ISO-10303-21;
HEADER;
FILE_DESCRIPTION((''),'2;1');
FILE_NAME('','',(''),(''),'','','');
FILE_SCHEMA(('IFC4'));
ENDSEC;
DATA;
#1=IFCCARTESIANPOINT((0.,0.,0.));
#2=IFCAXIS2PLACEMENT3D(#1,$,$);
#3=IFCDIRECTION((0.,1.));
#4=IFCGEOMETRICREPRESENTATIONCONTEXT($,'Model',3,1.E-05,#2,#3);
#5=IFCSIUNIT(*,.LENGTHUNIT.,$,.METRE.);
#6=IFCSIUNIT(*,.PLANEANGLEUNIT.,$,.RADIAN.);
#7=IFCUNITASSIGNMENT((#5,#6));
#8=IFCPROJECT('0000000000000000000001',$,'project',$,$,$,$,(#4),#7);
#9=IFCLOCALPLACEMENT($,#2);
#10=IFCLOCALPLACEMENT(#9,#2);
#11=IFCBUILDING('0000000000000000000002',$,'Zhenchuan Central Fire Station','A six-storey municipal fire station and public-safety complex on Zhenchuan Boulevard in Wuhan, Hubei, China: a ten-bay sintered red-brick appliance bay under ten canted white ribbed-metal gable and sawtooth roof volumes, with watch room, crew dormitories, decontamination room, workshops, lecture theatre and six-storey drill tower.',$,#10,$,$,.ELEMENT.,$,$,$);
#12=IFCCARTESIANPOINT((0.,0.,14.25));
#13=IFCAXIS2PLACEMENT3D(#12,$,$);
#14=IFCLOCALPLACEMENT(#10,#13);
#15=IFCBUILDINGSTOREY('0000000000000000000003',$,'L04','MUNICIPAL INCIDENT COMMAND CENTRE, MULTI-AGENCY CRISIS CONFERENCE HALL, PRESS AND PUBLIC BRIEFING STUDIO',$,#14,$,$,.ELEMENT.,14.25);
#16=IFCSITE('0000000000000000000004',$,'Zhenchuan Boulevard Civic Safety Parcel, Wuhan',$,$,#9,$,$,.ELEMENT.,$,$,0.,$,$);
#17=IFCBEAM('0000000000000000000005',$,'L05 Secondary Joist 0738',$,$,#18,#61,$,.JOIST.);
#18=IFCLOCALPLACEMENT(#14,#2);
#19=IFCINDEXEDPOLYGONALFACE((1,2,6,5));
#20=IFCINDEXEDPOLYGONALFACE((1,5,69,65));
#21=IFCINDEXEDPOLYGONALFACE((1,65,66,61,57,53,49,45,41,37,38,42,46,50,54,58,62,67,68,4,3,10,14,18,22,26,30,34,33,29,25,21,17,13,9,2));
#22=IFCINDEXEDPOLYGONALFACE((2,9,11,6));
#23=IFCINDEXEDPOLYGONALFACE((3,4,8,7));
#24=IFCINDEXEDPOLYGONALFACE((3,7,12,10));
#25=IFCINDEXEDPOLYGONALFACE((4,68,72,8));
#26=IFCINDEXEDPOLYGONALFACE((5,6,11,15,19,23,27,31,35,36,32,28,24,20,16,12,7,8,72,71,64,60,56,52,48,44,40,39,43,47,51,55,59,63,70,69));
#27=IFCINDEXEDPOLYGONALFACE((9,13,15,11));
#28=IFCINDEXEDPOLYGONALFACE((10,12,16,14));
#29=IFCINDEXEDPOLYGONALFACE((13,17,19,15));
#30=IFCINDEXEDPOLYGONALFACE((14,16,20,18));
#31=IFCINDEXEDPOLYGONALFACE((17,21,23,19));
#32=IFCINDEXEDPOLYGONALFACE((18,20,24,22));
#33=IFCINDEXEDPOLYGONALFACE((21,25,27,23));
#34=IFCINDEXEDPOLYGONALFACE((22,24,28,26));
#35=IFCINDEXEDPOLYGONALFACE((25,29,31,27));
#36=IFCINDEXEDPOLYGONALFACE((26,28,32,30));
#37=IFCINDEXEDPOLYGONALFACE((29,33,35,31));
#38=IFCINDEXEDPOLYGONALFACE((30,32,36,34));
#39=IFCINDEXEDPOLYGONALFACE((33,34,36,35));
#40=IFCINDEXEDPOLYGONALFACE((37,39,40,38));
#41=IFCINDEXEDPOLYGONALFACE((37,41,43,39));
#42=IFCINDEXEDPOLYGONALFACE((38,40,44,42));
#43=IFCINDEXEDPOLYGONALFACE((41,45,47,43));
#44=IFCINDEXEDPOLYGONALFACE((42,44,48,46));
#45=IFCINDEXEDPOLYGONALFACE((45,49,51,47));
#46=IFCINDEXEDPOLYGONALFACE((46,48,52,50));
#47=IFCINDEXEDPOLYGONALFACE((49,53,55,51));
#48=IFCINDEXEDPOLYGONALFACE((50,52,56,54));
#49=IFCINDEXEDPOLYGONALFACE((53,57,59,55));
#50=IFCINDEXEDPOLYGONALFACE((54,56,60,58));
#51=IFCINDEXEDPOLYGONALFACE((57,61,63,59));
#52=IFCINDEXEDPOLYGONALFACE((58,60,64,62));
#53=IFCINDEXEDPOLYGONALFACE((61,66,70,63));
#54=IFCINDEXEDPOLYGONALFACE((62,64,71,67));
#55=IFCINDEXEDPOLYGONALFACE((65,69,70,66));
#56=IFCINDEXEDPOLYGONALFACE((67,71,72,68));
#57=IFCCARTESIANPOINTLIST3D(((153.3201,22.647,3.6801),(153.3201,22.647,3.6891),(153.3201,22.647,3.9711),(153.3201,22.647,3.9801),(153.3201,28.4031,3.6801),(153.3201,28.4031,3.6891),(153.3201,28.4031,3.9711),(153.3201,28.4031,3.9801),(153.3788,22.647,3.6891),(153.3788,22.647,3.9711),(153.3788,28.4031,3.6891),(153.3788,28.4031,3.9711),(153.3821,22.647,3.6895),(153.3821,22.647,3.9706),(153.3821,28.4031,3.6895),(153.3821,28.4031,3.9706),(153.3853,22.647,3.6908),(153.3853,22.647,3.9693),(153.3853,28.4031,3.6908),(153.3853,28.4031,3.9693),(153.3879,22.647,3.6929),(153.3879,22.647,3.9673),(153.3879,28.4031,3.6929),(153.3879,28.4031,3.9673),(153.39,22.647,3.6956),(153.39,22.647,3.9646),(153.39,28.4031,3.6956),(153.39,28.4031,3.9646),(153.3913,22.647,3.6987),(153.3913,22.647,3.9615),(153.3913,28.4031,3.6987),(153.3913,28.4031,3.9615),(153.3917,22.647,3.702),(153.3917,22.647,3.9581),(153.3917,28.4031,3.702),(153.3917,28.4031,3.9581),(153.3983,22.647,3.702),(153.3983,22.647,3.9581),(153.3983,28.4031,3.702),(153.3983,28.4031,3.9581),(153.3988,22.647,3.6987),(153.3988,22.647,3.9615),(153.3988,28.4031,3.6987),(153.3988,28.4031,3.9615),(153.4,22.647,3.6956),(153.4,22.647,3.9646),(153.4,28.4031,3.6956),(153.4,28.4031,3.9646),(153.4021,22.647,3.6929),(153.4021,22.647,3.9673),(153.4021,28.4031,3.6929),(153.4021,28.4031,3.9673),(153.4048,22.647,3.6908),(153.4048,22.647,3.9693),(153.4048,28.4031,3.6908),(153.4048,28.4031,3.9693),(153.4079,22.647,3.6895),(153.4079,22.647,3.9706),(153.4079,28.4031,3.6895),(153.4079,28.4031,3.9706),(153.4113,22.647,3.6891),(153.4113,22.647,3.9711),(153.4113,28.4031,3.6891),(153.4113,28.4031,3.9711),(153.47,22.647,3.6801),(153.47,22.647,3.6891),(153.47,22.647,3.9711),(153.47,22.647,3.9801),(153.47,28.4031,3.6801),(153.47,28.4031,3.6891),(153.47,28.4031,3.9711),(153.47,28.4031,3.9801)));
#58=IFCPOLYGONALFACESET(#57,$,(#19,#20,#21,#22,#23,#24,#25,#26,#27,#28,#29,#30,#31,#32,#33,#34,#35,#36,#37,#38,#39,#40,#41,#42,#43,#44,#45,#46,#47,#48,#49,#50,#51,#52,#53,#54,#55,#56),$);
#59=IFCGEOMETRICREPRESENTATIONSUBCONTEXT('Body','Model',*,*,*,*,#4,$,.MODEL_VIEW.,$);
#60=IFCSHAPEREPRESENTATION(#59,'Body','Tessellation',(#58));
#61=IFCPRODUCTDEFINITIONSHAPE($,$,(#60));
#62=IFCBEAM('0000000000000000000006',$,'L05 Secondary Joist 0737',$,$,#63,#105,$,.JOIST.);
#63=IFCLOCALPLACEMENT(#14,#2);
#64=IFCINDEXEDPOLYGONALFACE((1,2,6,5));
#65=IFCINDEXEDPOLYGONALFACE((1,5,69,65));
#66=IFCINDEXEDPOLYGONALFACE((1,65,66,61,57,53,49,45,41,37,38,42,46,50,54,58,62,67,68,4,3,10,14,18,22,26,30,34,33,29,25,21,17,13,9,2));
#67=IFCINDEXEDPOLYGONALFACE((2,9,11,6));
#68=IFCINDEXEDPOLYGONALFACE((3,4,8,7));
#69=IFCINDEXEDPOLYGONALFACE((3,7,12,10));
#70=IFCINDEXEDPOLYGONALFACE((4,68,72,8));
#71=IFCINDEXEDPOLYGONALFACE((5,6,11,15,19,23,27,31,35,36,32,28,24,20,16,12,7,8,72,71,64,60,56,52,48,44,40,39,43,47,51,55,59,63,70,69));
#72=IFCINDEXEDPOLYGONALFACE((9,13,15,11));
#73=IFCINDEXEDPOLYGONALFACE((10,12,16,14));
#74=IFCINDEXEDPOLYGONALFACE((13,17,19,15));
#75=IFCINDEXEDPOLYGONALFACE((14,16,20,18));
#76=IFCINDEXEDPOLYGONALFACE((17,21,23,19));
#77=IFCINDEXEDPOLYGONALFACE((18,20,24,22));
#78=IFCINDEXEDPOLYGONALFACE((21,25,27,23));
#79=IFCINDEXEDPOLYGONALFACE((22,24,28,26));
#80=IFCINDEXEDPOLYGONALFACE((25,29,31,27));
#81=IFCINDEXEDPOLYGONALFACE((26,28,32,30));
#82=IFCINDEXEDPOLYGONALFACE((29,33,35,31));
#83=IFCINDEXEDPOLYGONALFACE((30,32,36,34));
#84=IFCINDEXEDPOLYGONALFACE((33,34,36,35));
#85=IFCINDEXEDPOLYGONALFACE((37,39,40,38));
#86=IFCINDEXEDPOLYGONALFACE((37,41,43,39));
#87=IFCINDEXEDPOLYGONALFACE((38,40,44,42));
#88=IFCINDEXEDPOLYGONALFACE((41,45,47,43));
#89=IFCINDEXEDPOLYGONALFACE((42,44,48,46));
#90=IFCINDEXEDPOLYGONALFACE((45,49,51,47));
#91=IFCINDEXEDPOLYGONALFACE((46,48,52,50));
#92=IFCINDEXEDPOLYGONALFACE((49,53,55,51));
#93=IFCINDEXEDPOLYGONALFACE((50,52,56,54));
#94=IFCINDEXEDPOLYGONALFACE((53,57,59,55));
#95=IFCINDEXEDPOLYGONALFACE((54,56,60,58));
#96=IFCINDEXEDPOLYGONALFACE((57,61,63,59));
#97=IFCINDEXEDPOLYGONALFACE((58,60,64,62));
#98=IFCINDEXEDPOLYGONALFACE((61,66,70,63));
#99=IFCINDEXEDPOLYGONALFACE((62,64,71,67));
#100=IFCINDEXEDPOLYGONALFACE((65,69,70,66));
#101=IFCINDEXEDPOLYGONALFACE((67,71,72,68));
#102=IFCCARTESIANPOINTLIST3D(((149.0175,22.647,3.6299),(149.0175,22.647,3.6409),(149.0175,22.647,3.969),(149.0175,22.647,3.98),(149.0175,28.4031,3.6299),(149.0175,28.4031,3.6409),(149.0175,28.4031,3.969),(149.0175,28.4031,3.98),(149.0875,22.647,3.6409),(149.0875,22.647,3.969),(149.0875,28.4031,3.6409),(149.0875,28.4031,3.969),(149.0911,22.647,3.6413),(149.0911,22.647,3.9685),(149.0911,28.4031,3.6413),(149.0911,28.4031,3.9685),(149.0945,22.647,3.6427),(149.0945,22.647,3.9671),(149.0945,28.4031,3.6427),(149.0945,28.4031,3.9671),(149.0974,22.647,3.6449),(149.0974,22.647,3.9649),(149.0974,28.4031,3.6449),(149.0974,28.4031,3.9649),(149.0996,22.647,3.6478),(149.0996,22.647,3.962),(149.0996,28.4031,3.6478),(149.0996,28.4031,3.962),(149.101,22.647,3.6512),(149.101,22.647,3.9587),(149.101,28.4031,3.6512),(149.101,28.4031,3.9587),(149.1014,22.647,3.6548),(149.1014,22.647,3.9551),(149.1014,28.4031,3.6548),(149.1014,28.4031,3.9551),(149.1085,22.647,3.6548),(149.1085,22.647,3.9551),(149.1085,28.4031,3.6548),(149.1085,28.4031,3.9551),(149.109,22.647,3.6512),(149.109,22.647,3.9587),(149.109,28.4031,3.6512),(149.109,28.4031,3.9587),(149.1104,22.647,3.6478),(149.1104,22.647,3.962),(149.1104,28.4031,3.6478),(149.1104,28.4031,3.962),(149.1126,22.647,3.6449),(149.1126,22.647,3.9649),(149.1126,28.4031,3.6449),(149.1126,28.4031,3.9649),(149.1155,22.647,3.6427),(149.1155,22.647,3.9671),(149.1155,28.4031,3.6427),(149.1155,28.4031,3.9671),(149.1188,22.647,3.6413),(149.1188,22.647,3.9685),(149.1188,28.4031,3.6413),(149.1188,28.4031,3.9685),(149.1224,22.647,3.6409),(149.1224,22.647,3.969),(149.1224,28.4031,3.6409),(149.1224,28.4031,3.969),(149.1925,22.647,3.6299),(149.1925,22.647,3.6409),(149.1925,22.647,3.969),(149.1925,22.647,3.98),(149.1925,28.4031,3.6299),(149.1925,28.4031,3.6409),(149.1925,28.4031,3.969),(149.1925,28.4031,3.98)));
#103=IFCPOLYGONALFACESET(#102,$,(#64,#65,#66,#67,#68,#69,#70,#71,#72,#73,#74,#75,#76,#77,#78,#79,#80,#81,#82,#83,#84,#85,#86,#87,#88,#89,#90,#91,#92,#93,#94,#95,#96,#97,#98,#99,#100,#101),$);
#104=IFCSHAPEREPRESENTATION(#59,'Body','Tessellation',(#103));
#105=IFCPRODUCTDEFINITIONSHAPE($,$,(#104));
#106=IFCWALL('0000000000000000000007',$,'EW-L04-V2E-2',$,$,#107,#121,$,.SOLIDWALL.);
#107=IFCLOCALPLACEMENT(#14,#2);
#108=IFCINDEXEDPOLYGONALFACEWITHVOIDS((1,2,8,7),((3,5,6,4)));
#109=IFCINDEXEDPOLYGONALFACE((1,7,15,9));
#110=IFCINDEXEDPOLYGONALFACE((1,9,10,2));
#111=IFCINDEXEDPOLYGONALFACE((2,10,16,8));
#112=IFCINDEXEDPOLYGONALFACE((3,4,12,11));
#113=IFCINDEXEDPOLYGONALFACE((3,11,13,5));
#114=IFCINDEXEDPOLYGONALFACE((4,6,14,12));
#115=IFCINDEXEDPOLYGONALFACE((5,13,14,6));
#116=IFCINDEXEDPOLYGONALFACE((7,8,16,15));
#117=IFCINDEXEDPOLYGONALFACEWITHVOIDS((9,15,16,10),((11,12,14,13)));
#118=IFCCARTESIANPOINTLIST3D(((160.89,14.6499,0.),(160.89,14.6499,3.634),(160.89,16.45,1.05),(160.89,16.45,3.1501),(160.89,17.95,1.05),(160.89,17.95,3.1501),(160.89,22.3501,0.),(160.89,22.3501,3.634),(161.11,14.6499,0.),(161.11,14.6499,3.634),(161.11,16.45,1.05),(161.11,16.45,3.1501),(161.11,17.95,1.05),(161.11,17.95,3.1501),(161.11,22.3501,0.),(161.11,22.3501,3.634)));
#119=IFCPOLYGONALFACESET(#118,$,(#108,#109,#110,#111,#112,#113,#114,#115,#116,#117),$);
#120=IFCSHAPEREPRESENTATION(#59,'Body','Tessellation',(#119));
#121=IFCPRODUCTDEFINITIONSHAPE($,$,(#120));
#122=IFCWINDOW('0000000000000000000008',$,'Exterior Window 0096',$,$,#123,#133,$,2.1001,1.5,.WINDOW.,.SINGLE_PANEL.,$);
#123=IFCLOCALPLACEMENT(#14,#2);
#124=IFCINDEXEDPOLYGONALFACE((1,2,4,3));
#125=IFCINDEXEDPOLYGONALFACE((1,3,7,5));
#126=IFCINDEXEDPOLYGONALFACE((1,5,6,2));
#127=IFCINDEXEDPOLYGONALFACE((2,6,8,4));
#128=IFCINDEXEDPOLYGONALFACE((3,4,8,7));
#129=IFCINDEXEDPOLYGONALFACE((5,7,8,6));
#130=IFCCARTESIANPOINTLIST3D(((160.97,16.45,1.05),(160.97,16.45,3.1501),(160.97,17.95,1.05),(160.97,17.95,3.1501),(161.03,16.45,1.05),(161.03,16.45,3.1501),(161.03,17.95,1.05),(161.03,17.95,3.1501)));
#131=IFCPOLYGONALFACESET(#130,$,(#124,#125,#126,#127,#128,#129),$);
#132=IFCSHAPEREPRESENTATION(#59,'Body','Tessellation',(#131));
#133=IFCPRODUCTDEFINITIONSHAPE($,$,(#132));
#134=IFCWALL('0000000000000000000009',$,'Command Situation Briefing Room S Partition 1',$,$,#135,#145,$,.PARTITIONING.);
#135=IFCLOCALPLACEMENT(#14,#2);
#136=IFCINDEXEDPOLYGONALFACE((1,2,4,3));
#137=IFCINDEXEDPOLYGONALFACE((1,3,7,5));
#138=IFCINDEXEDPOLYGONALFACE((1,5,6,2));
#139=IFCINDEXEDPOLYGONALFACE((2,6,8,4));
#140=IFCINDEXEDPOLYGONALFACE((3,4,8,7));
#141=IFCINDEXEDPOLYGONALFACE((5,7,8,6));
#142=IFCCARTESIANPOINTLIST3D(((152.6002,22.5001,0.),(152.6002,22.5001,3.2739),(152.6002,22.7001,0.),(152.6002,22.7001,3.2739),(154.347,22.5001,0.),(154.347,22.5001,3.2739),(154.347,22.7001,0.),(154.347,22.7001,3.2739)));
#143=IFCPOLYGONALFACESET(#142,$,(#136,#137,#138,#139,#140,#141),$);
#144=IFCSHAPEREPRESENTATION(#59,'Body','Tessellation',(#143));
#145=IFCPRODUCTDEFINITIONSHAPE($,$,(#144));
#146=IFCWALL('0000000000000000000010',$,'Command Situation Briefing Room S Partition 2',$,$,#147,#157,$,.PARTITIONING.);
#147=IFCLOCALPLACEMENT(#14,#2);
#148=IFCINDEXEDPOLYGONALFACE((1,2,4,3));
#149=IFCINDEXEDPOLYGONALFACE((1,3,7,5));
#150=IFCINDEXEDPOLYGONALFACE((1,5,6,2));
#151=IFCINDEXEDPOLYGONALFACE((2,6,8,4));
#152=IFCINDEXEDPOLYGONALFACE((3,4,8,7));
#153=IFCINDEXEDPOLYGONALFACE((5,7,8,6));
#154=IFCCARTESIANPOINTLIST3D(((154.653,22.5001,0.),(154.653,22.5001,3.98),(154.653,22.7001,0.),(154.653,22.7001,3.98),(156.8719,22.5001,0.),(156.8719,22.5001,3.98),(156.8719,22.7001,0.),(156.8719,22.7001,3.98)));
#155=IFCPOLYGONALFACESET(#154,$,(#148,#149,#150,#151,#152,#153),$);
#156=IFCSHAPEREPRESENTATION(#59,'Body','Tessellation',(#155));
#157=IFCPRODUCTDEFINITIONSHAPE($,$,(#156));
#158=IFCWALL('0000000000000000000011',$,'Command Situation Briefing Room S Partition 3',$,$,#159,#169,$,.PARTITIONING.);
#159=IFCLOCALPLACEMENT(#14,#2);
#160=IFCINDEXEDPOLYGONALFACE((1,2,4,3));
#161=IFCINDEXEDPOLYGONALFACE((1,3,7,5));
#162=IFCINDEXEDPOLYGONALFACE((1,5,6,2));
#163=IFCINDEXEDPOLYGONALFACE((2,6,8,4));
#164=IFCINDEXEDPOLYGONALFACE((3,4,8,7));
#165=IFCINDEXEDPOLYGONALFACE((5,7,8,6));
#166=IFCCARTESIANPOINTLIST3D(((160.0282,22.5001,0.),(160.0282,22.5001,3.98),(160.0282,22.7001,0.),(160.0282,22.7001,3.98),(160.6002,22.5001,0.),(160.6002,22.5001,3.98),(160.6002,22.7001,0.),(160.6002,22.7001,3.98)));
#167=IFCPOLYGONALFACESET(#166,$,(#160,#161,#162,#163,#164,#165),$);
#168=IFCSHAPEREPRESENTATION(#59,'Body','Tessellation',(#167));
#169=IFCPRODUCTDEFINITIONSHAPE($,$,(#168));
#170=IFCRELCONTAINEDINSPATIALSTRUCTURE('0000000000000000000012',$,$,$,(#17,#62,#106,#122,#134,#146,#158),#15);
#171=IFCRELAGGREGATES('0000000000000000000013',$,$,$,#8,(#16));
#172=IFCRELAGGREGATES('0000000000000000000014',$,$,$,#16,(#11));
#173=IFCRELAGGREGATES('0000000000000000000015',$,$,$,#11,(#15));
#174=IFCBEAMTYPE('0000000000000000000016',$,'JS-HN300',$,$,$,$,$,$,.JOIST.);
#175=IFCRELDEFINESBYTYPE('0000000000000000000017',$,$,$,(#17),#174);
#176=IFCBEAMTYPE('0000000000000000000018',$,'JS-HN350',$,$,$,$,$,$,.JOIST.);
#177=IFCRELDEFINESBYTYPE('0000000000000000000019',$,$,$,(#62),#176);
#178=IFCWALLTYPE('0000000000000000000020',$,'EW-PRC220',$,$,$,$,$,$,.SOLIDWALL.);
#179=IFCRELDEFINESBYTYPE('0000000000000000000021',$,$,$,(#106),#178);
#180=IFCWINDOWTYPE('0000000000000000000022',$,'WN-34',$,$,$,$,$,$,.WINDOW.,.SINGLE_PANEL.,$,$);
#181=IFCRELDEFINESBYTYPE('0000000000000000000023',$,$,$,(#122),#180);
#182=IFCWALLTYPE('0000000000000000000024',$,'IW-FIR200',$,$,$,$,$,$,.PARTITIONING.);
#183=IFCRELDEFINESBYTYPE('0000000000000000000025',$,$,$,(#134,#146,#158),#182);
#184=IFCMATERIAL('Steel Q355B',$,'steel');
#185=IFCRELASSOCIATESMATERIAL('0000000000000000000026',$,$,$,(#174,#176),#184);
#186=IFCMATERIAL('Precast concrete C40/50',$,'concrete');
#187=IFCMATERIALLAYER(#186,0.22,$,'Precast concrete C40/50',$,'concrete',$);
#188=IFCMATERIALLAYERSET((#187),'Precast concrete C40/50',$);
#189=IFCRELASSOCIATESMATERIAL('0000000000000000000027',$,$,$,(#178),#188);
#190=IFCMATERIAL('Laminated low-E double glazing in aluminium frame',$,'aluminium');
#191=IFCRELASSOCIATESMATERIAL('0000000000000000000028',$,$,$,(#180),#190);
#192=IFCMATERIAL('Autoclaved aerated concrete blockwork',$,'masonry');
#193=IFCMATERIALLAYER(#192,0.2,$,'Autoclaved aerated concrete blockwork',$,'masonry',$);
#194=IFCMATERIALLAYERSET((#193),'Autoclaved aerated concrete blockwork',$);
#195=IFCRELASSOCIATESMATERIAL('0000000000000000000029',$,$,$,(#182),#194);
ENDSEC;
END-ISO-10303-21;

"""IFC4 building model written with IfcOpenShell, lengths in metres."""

from ifc_helpers import new_model, si_unit, direction, frame, frame_2d, origin, origin_2d, place, context, subcontext, project, spatial, rectangle, i_section, extrude, material, layer, layer_set, material_profile, profile_set, type_object, element, fill, save


model = new_model("IFC4")

# Units and contexts
model_context = context("Model", 3, precision=1e-05, world=origin(), true_north=direction((0.0, 1.0)))
body_context = subcontext(model_context, "Body", "Model", "MODEL_VIEW")
ifc_project = project(units=[si_unit("LENGTHUNIT", "METRE"), si_unit("PLANEANGLEUNIT", "RADIAN")], contexts=[model_context])

# Site, building, storey
site_placement = place(None, origin())
site = spatial("IfcSite", under=ifc_project, at=site_placement, Name="Zhenchuan Boulevard Civic Safety Parcel, Wuhan", CompositionType="ELEMENT", RefElevation=0.0)
building_placement = place(site_placement, origin())
building = spatial("IfcBuilding", under=site, at=building_placement, Name="Zhenchuan Central Fire Station", Description="A six-storey municipal fire station and public-safety complex on Zhenchuan Boulevard in Wuhan, Hubei, China: a ten-bay sintered red-brick appliance bay under ten canted white ribbed-metal gable and sawtooth roof volumes, with watch room, crew dormitories, decontamination room, workshops, lecture theatre and six-storey drill tower.", CompositionType="ELEMENT")
storey_placement = place(building_placement, frame((0.0, 0.0, 14.25)))
storey = spatial("IfcBuildingStorey", under=building, at=storey_placement, Name="L04", Description="MUNICIPAL INCIDENT COMMAND CENTRE, MULTI-AGENCY CRISIS CONFERENCE HALL, PRESS AND PUBLIC BRIEFING STUDIO", CompositionType="ELEMENT", Elevation=14.25)

# Shared definitions
ifc_material_1 = material(Name="Steel Q355B", Category="steel")

# Beams
ifc_material_profile_1 = material_profile(ifc_material_1, i_section(OverallWidth=0.1499, OverallDepth=0.3, WebThickness=0.0066, FlangeThickness=0.009, FilletRadius=0.0129, at=origin_2d()), Name="HN 300x150")
ifc_profile_set_1 = profile_set([ifc_material_profile_1], Name="Steel Q355B")
beam_type_1 = type_object("IfcBeamType", Name="JS-HN300", PredefinedType="JOIST", material=ifc_profile_set_1)
beam_1_placement = place(storey_placement, frame((153.395, 22.647, 3.8301), z_axis=(0.0, 1.0, 0.0), x_axis=(-1.0, 0.0, 0.0)))
element("IfcBeam", 1, at=beam_1_placement, inside=storey, type_object=beam_type_1, Name="L05 Secondary Joist 0738", PredefinedType="JOIST", context=body_context, shape_type="SweptSolid", body=[
    extrude(i_section(OverallWidth=0.1499, OverallDepth=0.3, WebThickness=0.0066, FlangeThickness=0.009, FilletRadius=0.0129, at=origin_2d()), origin(), (0.0, 0.0, 1.0), 5.7561),
])
ifc_material_profile_2 = material_profile(ifc_material_1, i_section(OverallWidth=0.175, OverallDepth=0.3501, WebThickness=0.0071, FlangeThickness=0.011, FilletRadius=0.0139, at=origin_2d()), Name="HN 350x175")
ifc_profile_set_2 = profile_set([ifc_material_profile_2], Name="Steel Q355B")
beam_type_2 = type_object("IfcBeamType", Name="JS-HN350", PredefinedType="JOIST", material=ifc_profile_set_2)
beam_2_placement = place(storey_placement, frame((149.105, 22.647, 3.8049), z_axis=(0.0, 1.0, 0.0), x_axis=(-1.0, 0.0, 0.0)))
element("IfcBeam", 2, at=beam_2_placement, inside=storey, type_object=beam_type_2, Name="L05 Secondary Joist 0737", PredefinedType="JOIST", context=body_context, shape_type="SweptSolid", body=[
    extrude(i_section(OverallWidth=0.175, OverallDepth=0.3501, WebThickness=0.0071, FlangeThickness=0.011, FilletRadius=0.0139, at=origin_2d()), origin(), (0.0, 0.0, 1.0), 5.7561),
])

# Wall, opening, window
ifc_material_2 = material(Name="Precast concrete C40/50", Category="concrete")
ifc_layer_1 = layer(ifc_material_2, 0.22, Name="Precast concrete C40/50", Category="concrete")
ifc_layer_set_1 = layer_set([ifc_layer_1], Name="Precast concrete C40/50")
wall_type_1 = type_object("IfcWallType", Name="EW-PRC220", PredefinedType="SOLIDWALL", material=ifc_layer_set_1)
wall_1_placement = place(storey_placement, frame((161.0, 14.6499, 0.0), z_axis=(0.0, 0.0, 1.0), x_axis=(0.0, 1.0, 0.0)))
wall_1 = element("IfcWall", 3, at=wall_1_placement, inside=storey, type_object=wall_type_1, Name="EW-L04-V2E-2", PredefinedType="SOLIDWALL", context=body_context, shape_type="SweptSolid", body=[
    extrude(rectangle(XDim=7.7002, YDim=0.22, at=frame_2d((3.8501, 0.0))), origin(), (0.0, 0.0, 1.0), 3.634),
])
opening_1_placement = place(wall_1_placement, frame((1.8, 0.0, 1.05)))
opening_1 = element("IfcOpeningElement", 4, at=opening_1_placement, cuts=wall_1, PredefinedType="OPENING", context=body_context, shape_type="SweptSolid", body=[
    extrude(rectangle(XDim=1.5, YDim=2.1001, at=frame_2d((0.75, 1.05))), frame((0.0, 0.1199, 0.0), z_axis=(0.0, -1.0, 0.0), x_axis=(1.0, 0.0, 0.0)), (0.0, 0.0, 1.0), 0.24),
])
ifc_material_3 = material(Name="Laminated low-E double glazing in aluminium frame", Category="aluminium")
window_type = type_object("IfcWindowType", Name="WN-34", PartitioningType="SINGLE_PANEL", PredefinedType="WINDOW", material=ifc_material_3)
window_placement = place(opening_1_placement, origin())
window = element("IfcWindow", 5, at=window_placement, inside=storey, type_object=window_type, Name="Exterior Window 0096", OverallHeight=2.1001, OverallWidth=1.5, PartitioningType="SINGLE_PANEL", PredefinedType="WINDOW", context=body_context, shape_type="SweptSolid", body=[
    extrude(rectangle(XDim=1.5, YDim=2.1001, at=frame_2d((0.75, 1.05))), frame((0.0, 0.03, 0.0), z_axis=(0.0, -1.0, 0.0), x_axis=(1.0, 0.0, 0.0)), (0.0, 0.0, 1.0), 0.0601),
])
fill(opening_1, window)

# Walls
ifc_material_4 = material(Name="Autoclaved aerated concrete blockwork", Category="masonry")
ifc_layer_2 = layer(ifc_material_4, 0.2, Name="Autoclaved aerated concrete blockwork", Category="masonry")
ifc_layer_set_2 = layer_set([ifc_layer_2], Name="Autoclaved aerated concrete blockwork")
wall_type_2 = type_object("IfcWallType", Name="IW-FIR200", PredefinedType="PARTITIONING", material=ifc_layer_set_2)
wall_2_placement = place(storey_placement, frame((152.6001, 22.6001, 0.0), z_axis=(0.0, 0.0, 1.0), x_axis=(1.0, 0.0, 0.0)))
element("IfcWall", 6, at=wall_2_placement, inside=storey, type_object=wall_type_2, Name="Command Situation Briefing Room S Partition 1", PredefinedType="PARTITIONING", context=body_context, shape_type="SweptSolid", body=[
    extrude(rectangle(XDim=1.7468, YDim=0.2, at=frame_2d((0.8735, 0.0))), origin(), (0.0, 0.0, 1.0), 3.2739),
])
wall_3_placement = place(storey_placement, frame((154.6531, 22.6001, 0.0), z_axis=(0.0, 0.0, 1.0), x_axis=(1.0, 0.0, 0.0)))
element("IfcWall", 7, at=wall_3_placement, inside=storey, type_object=wall_type_2, Name="Command Situation Briefing Room S Partition 2", PredefinedType="PARTITIONING", context=body_context, shape_type="SweptSolid", body=[
    extrude(rectangle(XDim=2.219, YDim=0.2, at=frame_2d((1.1094, 0.0))), origin(), (0.0, 0.0, 1.0), 3.98),
])
wall_4_placement = place(storey_placement, frame((160.0281, 22.6001, 0.0), z_axis=(0.0, 0.0, 1.0), x_axis=(1.0, 0.0, 0.0)))
element("IfcWall", 8, at=wall_4_placement, inside=storey, type_object=wall_type_2, Name="Command Situation Briefing Room S Partition 3", PredefinedType="PARTITIONING", context=body_context, shape_type="SweptSolid", body=[
    extrude(rectangle(XDim=0.572, YDim=0.2, at=frame_2d((0.2861, 0.0))), origin(), (0.0, 0.0, 1.0), 3.98),
])

save(model, "model.ifc")
